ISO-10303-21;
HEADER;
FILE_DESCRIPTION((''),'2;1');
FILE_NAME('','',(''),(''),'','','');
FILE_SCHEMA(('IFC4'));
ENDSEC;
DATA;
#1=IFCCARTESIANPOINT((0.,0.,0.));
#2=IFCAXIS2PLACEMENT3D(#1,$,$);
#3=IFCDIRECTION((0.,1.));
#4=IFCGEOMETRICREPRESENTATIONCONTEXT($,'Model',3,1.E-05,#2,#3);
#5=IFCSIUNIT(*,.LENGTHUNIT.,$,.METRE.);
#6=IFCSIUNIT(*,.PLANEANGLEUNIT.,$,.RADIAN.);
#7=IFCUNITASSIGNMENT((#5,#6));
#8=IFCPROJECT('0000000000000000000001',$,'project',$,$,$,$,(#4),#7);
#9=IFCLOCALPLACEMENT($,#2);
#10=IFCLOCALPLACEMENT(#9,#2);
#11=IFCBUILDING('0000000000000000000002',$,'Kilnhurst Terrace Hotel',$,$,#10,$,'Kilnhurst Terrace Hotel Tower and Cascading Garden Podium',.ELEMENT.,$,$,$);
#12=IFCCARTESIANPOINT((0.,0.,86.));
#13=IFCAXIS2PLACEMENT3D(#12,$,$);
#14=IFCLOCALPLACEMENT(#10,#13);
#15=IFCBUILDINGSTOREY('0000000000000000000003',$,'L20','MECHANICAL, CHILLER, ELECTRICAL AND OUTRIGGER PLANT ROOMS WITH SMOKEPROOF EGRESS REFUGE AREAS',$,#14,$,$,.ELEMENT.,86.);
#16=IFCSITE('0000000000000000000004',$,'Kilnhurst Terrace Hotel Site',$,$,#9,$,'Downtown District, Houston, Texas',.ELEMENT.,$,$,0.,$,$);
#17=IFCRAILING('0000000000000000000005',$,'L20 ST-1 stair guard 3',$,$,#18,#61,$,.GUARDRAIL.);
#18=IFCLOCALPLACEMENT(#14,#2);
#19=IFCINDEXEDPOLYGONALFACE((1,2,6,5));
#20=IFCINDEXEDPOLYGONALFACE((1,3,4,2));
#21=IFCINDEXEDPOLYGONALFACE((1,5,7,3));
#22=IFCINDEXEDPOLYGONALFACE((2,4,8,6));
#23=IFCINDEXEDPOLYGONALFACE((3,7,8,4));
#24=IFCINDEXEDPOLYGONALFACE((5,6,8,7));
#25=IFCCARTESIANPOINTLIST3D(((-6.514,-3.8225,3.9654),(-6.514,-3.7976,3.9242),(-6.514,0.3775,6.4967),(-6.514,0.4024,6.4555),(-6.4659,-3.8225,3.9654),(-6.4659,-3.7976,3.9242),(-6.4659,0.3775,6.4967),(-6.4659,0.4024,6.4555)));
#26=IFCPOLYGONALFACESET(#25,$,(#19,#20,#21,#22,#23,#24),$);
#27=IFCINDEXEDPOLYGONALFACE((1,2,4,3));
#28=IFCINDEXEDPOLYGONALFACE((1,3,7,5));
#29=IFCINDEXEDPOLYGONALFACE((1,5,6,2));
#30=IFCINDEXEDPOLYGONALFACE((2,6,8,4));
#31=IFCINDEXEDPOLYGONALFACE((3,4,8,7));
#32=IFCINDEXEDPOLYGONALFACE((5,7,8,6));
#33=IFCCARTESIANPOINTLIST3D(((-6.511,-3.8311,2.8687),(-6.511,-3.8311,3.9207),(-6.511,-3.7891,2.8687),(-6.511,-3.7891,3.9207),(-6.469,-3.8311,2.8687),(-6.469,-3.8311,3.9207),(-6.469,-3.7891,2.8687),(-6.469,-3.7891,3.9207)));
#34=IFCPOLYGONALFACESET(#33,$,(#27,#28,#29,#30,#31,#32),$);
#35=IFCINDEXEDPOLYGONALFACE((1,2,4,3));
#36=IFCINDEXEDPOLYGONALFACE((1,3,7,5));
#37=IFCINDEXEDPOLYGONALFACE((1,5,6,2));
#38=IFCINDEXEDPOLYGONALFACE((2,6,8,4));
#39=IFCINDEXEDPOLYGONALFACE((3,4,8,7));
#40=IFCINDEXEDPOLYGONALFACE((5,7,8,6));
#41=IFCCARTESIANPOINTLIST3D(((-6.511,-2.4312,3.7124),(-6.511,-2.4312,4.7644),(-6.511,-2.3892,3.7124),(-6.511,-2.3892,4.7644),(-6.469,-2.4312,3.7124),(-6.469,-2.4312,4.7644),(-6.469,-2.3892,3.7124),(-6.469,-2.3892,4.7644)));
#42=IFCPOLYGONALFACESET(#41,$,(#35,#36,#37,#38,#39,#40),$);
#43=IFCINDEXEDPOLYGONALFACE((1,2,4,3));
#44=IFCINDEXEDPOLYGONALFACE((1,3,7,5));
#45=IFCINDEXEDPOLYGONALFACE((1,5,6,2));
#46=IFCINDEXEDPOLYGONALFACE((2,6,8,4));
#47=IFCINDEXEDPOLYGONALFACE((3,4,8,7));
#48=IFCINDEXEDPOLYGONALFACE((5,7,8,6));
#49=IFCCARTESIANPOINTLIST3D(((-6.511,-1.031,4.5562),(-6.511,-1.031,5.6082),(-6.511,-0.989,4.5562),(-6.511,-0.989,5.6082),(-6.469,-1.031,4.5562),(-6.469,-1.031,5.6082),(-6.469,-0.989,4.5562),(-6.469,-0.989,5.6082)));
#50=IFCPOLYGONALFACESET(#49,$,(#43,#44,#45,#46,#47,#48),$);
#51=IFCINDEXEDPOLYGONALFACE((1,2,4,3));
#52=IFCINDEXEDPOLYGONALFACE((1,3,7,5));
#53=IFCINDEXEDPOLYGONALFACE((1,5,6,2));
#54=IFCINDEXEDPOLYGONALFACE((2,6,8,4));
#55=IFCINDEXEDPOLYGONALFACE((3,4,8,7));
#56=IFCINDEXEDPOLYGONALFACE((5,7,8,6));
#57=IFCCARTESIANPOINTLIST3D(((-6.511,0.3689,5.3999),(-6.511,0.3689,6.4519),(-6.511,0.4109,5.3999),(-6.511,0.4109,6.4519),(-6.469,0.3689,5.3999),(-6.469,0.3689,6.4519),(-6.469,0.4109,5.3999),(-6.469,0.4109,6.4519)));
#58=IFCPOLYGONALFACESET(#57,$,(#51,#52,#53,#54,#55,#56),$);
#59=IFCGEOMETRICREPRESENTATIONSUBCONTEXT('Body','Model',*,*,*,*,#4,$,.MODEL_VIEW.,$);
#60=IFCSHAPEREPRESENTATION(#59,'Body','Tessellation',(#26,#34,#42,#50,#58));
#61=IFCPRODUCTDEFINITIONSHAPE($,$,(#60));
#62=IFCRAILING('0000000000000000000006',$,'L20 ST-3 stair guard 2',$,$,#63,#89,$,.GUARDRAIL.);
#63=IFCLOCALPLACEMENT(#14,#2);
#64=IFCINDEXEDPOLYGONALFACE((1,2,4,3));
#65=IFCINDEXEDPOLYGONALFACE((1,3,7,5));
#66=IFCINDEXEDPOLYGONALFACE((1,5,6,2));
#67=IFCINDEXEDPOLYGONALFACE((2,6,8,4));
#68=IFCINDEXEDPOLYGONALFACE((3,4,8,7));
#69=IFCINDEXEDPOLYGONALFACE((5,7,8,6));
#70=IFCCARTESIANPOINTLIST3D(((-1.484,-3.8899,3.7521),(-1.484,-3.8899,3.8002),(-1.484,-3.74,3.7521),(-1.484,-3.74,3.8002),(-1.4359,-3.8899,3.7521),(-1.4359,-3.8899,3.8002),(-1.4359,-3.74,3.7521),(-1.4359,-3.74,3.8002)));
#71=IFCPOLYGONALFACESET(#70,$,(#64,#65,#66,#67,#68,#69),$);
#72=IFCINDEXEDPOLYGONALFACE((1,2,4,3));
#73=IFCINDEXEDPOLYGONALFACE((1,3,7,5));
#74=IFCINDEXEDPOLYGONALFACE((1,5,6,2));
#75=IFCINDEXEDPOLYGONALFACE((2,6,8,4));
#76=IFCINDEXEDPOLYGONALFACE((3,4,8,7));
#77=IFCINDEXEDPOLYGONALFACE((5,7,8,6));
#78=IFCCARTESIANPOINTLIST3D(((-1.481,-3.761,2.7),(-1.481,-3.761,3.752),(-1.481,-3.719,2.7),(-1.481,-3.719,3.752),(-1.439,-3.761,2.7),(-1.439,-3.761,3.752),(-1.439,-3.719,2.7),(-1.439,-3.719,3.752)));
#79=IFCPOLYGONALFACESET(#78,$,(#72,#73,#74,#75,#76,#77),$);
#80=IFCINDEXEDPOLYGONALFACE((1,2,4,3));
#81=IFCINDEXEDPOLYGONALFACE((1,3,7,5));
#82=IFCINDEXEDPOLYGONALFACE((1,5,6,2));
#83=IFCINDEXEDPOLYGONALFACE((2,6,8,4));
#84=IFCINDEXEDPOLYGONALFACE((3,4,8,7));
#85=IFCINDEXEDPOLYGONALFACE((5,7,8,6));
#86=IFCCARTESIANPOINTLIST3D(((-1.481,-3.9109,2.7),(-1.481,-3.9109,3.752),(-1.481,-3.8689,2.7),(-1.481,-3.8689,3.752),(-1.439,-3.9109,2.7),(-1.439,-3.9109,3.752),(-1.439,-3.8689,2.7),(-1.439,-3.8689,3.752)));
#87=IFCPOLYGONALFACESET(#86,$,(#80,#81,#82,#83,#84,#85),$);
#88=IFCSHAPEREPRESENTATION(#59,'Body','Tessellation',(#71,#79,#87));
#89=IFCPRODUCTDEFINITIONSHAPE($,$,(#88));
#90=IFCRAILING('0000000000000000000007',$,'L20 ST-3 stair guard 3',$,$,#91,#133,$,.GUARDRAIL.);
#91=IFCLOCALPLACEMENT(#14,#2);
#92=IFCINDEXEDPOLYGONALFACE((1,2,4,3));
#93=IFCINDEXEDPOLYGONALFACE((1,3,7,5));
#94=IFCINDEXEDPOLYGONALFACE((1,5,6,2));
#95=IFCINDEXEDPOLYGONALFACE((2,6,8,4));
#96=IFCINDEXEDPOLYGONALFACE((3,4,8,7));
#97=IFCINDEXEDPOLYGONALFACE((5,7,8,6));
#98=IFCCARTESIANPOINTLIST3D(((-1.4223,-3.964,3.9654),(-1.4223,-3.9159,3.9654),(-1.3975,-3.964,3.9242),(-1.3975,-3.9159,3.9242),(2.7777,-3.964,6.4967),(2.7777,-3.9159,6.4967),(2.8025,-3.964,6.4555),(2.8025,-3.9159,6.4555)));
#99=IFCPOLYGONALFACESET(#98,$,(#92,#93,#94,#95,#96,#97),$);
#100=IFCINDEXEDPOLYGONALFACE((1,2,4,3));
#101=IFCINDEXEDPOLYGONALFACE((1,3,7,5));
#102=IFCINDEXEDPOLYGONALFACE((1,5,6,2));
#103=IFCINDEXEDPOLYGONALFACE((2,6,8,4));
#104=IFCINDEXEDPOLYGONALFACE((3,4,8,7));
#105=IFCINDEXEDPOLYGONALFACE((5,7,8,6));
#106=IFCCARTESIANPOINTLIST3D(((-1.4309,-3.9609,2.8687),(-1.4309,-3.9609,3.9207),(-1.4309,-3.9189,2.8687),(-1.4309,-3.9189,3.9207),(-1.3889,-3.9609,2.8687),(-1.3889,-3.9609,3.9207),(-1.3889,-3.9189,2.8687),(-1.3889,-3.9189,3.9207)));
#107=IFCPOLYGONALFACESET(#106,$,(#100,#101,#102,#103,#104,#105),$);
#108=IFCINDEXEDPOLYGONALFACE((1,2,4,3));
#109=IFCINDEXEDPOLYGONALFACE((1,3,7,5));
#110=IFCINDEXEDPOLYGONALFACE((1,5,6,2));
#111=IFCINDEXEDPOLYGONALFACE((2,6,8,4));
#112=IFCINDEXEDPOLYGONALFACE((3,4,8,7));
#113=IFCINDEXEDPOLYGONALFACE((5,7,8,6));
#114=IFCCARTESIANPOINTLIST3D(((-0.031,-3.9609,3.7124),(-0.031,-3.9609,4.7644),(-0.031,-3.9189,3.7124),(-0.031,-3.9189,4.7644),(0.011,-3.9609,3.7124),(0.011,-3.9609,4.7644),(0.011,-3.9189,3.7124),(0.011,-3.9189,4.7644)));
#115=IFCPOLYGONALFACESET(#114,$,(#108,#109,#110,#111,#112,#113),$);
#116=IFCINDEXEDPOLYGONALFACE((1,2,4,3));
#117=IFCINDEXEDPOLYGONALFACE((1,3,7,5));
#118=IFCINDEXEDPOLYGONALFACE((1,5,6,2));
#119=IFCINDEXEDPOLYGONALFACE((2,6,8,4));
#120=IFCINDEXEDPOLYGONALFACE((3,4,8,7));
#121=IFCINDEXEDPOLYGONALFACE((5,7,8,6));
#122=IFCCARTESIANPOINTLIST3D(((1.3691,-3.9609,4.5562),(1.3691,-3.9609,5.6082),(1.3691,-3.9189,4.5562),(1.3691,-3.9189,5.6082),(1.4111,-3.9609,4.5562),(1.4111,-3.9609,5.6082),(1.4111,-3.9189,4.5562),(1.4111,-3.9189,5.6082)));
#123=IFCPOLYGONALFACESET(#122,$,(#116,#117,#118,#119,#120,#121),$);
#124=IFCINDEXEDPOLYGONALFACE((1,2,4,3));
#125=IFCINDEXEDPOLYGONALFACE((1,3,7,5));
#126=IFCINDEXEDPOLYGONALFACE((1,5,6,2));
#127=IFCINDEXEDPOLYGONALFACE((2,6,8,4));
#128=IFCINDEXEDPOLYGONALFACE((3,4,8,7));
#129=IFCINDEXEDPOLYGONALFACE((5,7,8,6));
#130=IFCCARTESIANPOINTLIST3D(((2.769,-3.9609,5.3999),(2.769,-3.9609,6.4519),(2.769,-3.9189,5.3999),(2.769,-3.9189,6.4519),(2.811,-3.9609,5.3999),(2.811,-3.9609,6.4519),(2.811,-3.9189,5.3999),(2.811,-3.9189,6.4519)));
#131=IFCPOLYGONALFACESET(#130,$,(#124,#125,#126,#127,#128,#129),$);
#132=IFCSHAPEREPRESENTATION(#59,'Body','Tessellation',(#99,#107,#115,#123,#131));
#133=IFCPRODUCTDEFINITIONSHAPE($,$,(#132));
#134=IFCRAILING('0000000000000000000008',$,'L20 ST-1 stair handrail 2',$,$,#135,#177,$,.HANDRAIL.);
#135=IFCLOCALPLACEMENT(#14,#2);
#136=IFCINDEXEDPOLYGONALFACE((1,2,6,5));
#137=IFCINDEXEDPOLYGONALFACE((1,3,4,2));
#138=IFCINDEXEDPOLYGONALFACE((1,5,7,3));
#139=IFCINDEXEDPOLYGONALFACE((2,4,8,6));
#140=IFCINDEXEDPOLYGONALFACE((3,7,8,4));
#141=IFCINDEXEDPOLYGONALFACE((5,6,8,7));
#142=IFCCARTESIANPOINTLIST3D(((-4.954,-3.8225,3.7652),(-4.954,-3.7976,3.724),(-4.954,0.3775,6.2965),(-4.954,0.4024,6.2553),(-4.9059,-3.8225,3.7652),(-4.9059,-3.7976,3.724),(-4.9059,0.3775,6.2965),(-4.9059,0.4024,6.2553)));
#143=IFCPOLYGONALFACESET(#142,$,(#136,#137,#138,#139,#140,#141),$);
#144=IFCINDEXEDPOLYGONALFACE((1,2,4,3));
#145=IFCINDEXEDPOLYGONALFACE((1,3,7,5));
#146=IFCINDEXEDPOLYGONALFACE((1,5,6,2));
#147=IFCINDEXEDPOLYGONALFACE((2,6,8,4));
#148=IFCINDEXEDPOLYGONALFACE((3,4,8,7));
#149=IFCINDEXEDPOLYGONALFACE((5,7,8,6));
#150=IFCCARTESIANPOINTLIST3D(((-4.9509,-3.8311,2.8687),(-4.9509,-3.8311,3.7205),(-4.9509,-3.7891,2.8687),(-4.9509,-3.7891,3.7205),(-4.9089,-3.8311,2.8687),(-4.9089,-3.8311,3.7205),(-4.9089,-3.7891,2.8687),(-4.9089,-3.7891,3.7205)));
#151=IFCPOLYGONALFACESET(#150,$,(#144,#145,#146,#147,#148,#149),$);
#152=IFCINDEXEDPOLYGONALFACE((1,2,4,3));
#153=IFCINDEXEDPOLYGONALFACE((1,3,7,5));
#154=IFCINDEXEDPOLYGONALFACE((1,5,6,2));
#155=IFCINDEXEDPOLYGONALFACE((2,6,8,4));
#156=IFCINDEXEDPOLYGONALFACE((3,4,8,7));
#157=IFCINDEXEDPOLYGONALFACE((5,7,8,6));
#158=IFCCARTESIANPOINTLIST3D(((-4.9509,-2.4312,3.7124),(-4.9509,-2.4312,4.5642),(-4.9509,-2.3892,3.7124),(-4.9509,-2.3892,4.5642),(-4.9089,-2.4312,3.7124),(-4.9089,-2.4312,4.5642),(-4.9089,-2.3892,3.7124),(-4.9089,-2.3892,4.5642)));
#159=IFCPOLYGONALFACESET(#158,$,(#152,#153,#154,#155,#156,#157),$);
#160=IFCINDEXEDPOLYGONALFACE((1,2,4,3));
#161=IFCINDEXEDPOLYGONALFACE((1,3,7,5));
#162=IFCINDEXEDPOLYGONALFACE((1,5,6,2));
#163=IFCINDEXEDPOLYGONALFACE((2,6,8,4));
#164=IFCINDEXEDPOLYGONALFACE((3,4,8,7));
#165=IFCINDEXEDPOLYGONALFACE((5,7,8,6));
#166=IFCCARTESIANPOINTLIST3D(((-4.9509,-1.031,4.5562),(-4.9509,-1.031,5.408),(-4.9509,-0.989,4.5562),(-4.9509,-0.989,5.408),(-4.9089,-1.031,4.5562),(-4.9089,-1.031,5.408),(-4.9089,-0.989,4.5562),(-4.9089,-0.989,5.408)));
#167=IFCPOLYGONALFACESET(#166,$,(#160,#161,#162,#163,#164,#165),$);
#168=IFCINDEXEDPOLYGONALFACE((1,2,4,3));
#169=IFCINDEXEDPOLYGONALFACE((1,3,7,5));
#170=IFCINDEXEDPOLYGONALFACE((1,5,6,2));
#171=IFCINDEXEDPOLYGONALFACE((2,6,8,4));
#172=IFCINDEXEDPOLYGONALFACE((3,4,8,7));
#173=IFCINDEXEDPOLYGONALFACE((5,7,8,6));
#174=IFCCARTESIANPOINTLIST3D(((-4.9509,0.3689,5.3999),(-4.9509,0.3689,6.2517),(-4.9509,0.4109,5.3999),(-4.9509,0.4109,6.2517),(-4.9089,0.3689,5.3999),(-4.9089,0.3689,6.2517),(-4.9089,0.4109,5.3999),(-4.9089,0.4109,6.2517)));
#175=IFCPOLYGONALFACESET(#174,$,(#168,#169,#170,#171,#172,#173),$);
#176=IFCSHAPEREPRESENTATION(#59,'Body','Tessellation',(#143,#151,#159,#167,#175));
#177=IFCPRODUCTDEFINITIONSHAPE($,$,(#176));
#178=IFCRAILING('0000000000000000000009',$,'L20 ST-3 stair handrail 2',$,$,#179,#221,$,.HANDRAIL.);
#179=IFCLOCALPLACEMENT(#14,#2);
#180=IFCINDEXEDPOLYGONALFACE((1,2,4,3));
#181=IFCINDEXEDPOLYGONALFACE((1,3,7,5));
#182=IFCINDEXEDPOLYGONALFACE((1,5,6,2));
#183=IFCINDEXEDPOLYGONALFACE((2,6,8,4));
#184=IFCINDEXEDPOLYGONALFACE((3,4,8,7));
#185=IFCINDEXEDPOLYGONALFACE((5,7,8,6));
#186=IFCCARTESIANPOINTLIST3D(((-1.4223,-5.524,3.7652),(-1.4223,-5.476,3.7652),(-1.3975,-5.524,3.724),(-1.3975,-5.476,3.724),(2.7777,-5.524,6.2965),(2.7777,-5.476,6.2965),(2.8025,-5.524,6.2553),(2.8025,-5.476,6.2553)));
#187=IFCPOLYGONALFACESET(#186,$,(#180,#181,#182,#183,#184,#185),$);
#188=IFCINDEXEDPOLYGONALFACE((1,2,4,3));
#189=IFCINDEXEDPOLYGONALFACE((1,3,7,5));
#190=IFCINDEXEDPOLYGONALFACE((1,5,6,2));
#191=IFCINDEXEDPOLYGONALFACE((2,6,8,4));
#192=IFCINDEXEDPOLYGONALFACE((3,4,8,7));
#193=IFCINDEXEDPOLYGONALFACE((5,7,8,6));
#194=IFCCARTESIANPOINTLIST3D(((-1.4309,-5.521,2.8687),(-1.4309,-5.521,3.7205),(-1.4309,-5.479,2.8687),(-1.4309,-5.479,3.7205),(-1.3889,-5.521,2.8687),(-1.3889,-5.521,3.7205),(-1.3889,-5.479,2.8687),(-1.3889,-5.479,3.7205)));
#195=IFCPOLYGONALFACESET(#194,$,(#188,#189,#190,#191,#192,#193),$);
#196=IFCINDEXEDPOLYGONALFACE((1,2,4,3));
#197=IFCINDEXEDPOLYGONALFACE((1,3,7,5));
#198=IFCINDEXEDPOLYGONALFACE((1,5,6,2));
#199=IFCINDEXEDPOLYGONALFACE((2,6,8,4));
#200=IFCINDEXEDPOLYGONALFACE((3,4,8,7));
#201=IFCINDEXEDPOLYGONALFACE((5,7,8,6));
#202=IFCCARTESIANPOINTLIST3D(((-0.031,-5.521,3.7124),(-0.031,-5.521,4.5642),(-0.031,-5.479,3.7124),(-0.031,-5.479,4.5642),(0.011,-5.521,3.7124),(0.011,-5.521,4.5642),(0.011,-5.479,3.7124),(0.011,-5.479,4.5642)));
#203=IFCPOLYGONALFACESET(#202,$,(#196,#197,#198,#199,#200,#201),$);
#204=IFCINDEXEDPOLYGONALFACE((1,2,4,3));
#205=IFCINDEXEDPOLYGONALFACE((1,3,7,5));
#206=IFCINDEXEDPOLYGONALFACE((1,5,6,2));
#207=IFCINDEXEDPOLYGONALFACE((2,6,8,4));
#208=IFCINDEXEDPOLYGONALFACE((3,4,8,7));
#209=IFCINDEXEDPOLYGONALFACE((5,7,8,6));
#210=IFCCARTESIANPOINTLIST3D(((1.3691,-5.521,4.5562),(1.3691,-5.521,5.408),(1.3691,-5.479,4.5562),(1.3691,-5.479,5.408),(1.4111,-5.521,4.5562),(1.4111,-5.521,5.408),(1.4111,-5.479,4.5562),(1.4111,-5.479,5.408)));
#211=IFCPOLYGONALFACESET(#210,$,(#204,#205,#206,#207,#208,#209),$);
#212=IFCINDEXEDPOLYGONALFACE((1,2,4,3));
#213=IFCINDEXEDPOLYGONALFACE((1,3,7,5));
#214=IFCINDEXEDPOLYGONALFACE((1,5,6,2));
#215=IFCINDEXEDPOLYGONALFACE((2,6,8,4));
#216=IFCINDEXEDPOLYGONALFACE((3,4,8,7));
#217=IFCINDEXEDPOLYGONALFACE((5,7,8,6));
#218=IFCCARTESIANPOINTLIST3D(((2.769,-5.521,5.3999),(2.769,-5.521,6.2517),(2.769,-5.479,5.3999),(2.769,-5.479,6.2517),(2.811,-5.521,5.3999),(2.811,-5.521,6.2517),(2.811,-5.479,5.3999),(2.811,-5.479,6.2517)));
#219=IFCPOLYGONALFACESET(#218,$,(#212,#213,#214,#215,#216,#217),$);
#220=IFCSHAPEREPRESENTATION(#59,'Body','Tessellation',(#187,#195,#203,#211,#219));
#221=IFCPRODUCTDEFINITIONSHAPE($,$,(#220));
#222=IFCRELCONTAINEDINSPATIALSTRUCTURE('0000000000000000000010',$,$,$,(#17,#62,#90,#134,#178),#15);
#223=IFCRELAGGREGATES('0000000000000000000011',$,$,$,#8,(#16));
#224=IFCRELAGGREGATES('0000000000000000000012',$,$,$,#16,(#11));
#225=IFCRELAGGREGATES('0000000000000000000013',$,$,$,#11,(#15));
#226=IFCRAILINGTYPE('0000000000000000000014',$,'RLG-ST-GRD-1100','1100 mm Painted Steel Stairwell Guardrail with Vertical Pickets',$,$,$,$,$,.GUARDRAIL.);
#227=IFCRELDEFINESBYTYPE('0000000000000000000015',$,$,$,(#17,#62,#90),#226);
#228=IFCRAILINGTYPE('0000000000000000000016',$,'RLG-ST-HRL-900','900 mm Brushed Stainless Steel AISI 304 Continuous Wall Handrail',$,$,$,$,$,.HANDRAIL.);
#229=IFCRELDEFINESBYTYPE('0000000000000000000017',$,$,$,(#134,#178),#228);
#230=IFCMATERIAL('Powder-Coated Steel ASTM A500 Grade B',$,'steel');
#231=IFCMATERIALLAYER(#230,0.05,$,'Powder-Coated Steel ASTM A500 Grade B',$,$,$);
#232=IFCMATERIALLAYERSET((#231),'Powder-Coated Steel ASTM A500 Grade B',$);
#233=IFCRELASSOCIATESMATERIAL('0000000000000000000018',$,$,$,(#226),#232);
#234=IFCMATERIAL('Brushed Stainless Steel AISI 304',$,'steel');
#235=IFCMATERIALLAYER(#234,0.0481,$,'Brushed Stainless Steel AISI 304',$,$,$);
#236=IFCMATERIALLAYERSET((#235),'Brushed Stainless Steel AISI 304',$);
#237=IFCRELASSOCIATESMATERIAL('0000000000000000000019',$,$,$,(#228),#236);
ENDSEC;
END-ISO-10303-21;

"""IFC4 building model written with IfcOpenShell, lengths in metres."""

from ifc_helpers import new_model, si_unit, direction, frame, origin, origin_2d, place, context, subcontext, project, spatial, rectangle, extrude, material, layer, layer_set, type_object, element, save


model = new_model("IFC4")

# Units and contexts
model_context = context("Model", 3, precision=1e-05, world=origin(), true_north=direction((0.0, 1.0)))
body_context = subcontext(model_context, "Body", "Model", "MODEL_VIEW")
ifc_project = project(units=[si_unit("LENGTHUNIT", "METRE"), si_unit("PLANEANGLEUNIT", "RADIAN")], contexts=[model_context])

# Site, building, storey
site_placement = place(None, origin())
site = spatial("IfcSite", under=ifc_project, at=site_placement, Name="Kilnhurst Terrace Hotel Site", LongName="Downtown District, Houston, Texas", CompositionType="ELEMENT", RefElevation=0.0)
building_placement = place(site_placement, origin())
building = spatial("IfcBuilding", under=site, at=building_placement, Name="Kilnhurst Terrace Hotel", LongName="Kilnhurst Terrace Hotel Tower and Cascading Garden Podium", CompositionType="ELEMENT")
storey_placement = place(building_placement, frame((0.0, 0.0, 86.0)))
storey = spatial("IfcBuildingStorey", under=building, at=storey_placement, Name="L20", Description="MECHANICAL, CHILLER, ELECTRICAL AND OUTRIGGER PLANT ROOMS WITH SMOKEPROOF EGRESS REFUGE AREAS", CompositionType="ELEMENT", Elevation=86.0)

# Railings
ifc_material_1 = material(Name="Powder-Coated Steel ASTM A500 Grade B", Category="steel")
ifc_layer_1 = layer(ifc_material_1, 0.05, Name="Powder-Coated Steel ASTM A500 Grade B")
ifc_layer_set_1 = layer_set([ifc_layer_1], Name="Powder-Coated Steel ASTM A500 Grade B")
railing_type_1 = type_object("IfcRailingType", Name="RLG-ST-GRD-1100", Description="1100 mm Painted Steel Stairwell Guardrail with Vertical Pickets", PredefinedType="GUARDRAIL", material=ifc_layer_set_1)
railing_1_placement = place(storey_placement, frame((-6.49, -3.8101, 2.8687)))
element("IfcRailing", 1, at=railing_1_placement, inside=storey, type_object=railing_type_1, Name="L20 ST-1 stair guard 3", PredefinedType="GUARDRAIL", context=body_context, shape_type="SweptSolid", body=[
    extrude(rectangle(XDim=0.0481, YDim=0.0481, at=origin_2d()), frame((0.0, 0.0, 1.0762), z_axis=(0.0, 0.856476, 0.516186), x_axis=(-1.0, 0.0, 0.0)), (0.0, 0.0, 1.0), 4.9038),
    extrude(rectangle(XDim=0.042, YDim=0.042, at=origin_2d()), origin(), (0.0, 0.0, 1.0), 1.052),
    extrude(rectangle(XDim=0.042, YDim=0.042, at=origin_2d()), frame((0.0, 1.3999, 0.8438)), (0.0, 0.0, 1.0), 1.052),
    extrude(rectangle(XDim=0.042, YDim=0.042, at=origin_2d()), frame((0.0, 2.8, 1.6875)), (0.0, 0.0, 1.0), 1.052),
    extrude(rectangle(XDim=0.042, YDim=0.042, at=origin_2d()), frame((0.0, 4.2, 2.5312)), (0.0, 0.0, 1.0), 1.052),
])
railing_2_placement = place(storey_placement, frame((-1.46, -3.74, 2.7)))
element("IfcRailing", 2, at=railing_2_placement, inside=storey, type_object=railing_type_1, Name="L20 ST-3 stair guard 2", PredefinedType="GUARDRAIL", context=body_context, shape_type="SweptSolid", body=[
    extrude(rectangle(XDim=0.0481, YDim=0.0481, at=origin_2d()), frame((0.0, 0.0, 1.0762), z_axis=(0.0, -1.0, 0.0), x_axis=(1.0, 0.0, 0.0)), (0.0, 0.0, 1.0), 0.1499),
    extrude(rectangle(XDim=0.042, YDim=0.042, at=origin_2d()), origin(), (0.0, 0.0, 1.0), 1.052),
    extrude(rectangle(XDim=0.042, YDim=0.042, at=origin_2d()), frame((0.0, -0.1499, 0.0)), (0.0, 0.0, 1.0), 1.052),
])
railing_3_placement = place(storey_placement, frame((-1.4099, -3.9399, 2.8687)))
element("IfcRailing", 3, at=railing_3_placement, inside=storey, type_object=railing_type_1, Name="L20 ST-3 stair guard 3", PredefinedType="GUARDRAIL", context=body_context, shape_type="SweptSolid", body=[
    extrude(rectangle(XDim=0.0481, YDim=0.0481, at=origin_2d()), frame((0.0, 0.0, 1.0762), z_axis=(0.856476, 0.0, 0.516186), x_axis=(0.0, 1.0, 0.0)), (0.0, 0.0, 1.0), 4.9038),
    extrude(rectangle(XDim=0.042, YDim=0.042, at=origin_2d()), origin(), (0.0, 0.0, 1.0), 1.052),
    extrude(rectangle(XDim=0.042, YDim=0.042, at=origin_2d()), frame((1.3999, 0.0, 0.8438)), (0.0, 0.0, 1.0), 1.052),
    extrude(rectangle(XDim=0.042, YDim=0.042, at=origin_2d()), frame((2.8, 0.0, 1.6875)), (0.0, 0.0, 1.0), 1.052),
    extrude(rectangle(XDim=0.042, YDim=0.042, at=origin_2d()), frame((4.2, 0.0, 2.5312)), (0.0, 0.0, 1.0), 1.052),
])
ifc_material_2 = material(Name="Brushed Stainless Steel AISI 304", Category="steel")
ifc_layer_2 = layer(ifc_material_2, 0.0481, Name="Brushed Stainless Steel AISI 304")
ifc_layer_set_2 = layer_set([ifc_layer_2], Name="Brushed Stainless Steel AISI 304")
railing_type_2 = type_object("IfcRailingType", Name="RLG-ST-HRL-900", Description="900 mm Brushed Stainless Steel AISI 304 Continuous Wall Handrail", PredefinedType="HANDRAIL", material=ifc_layer_set_2)
railing_4_placement = place(storey_placement, frame((-4.9299, -3.8101, 2.8687)))
element("IfcRailing", 4, at=railing_4_placement, inside=storey, type_object=railing_type_2, Name="L20 ST-1 stair handrail 2", PredefinedType="HANDRAIL", context=body_context, shape_type="SweptSolid", body=[
    extrude(rectangle(XDim=0.0481, YDim=0.0481, at=origin_2d()), frame((0.0, 0.0, 0.876), z_axis=(0.0, 0.856476, 0.516186), x_axis=(-1.0, 0.0, 0.0)), (0.0, 0.0, 1.0), 4.9038),
    extrude(rectangle(XDim=0.042, YDim=0.042, at=origin_2d()), origin(), (0.0, 0.0, 1.0), 0.8518),
    extrude(rectangle(XDim=0.042, YDim=0.042, at=origin_2d()), frame((0.0, 1.3999, 0.8438)), (0.0, 0.0, 1.0), 0.8518),
    extrude(rectangle(XDim=0.042, YDim=0.042, at=origin_2d()), frame((0.0, 2.8, 1.6875)), (0.0, 0.0, 1.0), 0.8518),
    extrude(rectangle(XDim=0.042, YDim=0.042, at=origin_2d()), frame((0.0, 4.2, 2.5312)), (0.0, 0.0, 1.0), 0.8518),
])
railing_5_placement = place(storey_placement, frame((-1.4099, -5.5, 2.8687)))
element("IfcRailing", 5, at=railing_5_placement, inside=storey, type_object=railing_type_2, Name="L20 ST-3 stair handrail 2", PredefinedType="HANDRAIL", context=body_context, shape_type="SweptSolid", body=[
    extrude(rectangle(XDim=0.0481, YDim=0.0481, at=origin_2d()), frame((0.0, 0.0, 0.876), z_axis=(0.856476, 0.0, 0.516186), x_axis=(0.0, 1.0, 0.0)), (0.0, 0.0, 1.0), 4.9038),
    extrude(rectangle(XDim=0.042, YDim=0.042, at=origin_2d()), origin(), (0.0, 0.0, 1.0), 0.8518),
    extrude(rectangle(XDim=0.042, YDim=0.042, at=origin_2d()), frame((1.3999, 0.0, 0.8438)), (0.0, 0.0, 1.0), 0.8518),
    extrude(rectangle(XDim=0.042, YDim=0.042, at=origin_2d()), frame((2.8, 0.0, 1.6875)), (0.0, 0.0, 1.0), 0.8518),
    extrude(rectangle(XDim=0.042, YDim=0.042, at=origin_2d()), frame((4.2, 0.0, 2.5312)), (0.0, 0.0, 1.0), 0.8518),
])

save(model, "model.ifc")
